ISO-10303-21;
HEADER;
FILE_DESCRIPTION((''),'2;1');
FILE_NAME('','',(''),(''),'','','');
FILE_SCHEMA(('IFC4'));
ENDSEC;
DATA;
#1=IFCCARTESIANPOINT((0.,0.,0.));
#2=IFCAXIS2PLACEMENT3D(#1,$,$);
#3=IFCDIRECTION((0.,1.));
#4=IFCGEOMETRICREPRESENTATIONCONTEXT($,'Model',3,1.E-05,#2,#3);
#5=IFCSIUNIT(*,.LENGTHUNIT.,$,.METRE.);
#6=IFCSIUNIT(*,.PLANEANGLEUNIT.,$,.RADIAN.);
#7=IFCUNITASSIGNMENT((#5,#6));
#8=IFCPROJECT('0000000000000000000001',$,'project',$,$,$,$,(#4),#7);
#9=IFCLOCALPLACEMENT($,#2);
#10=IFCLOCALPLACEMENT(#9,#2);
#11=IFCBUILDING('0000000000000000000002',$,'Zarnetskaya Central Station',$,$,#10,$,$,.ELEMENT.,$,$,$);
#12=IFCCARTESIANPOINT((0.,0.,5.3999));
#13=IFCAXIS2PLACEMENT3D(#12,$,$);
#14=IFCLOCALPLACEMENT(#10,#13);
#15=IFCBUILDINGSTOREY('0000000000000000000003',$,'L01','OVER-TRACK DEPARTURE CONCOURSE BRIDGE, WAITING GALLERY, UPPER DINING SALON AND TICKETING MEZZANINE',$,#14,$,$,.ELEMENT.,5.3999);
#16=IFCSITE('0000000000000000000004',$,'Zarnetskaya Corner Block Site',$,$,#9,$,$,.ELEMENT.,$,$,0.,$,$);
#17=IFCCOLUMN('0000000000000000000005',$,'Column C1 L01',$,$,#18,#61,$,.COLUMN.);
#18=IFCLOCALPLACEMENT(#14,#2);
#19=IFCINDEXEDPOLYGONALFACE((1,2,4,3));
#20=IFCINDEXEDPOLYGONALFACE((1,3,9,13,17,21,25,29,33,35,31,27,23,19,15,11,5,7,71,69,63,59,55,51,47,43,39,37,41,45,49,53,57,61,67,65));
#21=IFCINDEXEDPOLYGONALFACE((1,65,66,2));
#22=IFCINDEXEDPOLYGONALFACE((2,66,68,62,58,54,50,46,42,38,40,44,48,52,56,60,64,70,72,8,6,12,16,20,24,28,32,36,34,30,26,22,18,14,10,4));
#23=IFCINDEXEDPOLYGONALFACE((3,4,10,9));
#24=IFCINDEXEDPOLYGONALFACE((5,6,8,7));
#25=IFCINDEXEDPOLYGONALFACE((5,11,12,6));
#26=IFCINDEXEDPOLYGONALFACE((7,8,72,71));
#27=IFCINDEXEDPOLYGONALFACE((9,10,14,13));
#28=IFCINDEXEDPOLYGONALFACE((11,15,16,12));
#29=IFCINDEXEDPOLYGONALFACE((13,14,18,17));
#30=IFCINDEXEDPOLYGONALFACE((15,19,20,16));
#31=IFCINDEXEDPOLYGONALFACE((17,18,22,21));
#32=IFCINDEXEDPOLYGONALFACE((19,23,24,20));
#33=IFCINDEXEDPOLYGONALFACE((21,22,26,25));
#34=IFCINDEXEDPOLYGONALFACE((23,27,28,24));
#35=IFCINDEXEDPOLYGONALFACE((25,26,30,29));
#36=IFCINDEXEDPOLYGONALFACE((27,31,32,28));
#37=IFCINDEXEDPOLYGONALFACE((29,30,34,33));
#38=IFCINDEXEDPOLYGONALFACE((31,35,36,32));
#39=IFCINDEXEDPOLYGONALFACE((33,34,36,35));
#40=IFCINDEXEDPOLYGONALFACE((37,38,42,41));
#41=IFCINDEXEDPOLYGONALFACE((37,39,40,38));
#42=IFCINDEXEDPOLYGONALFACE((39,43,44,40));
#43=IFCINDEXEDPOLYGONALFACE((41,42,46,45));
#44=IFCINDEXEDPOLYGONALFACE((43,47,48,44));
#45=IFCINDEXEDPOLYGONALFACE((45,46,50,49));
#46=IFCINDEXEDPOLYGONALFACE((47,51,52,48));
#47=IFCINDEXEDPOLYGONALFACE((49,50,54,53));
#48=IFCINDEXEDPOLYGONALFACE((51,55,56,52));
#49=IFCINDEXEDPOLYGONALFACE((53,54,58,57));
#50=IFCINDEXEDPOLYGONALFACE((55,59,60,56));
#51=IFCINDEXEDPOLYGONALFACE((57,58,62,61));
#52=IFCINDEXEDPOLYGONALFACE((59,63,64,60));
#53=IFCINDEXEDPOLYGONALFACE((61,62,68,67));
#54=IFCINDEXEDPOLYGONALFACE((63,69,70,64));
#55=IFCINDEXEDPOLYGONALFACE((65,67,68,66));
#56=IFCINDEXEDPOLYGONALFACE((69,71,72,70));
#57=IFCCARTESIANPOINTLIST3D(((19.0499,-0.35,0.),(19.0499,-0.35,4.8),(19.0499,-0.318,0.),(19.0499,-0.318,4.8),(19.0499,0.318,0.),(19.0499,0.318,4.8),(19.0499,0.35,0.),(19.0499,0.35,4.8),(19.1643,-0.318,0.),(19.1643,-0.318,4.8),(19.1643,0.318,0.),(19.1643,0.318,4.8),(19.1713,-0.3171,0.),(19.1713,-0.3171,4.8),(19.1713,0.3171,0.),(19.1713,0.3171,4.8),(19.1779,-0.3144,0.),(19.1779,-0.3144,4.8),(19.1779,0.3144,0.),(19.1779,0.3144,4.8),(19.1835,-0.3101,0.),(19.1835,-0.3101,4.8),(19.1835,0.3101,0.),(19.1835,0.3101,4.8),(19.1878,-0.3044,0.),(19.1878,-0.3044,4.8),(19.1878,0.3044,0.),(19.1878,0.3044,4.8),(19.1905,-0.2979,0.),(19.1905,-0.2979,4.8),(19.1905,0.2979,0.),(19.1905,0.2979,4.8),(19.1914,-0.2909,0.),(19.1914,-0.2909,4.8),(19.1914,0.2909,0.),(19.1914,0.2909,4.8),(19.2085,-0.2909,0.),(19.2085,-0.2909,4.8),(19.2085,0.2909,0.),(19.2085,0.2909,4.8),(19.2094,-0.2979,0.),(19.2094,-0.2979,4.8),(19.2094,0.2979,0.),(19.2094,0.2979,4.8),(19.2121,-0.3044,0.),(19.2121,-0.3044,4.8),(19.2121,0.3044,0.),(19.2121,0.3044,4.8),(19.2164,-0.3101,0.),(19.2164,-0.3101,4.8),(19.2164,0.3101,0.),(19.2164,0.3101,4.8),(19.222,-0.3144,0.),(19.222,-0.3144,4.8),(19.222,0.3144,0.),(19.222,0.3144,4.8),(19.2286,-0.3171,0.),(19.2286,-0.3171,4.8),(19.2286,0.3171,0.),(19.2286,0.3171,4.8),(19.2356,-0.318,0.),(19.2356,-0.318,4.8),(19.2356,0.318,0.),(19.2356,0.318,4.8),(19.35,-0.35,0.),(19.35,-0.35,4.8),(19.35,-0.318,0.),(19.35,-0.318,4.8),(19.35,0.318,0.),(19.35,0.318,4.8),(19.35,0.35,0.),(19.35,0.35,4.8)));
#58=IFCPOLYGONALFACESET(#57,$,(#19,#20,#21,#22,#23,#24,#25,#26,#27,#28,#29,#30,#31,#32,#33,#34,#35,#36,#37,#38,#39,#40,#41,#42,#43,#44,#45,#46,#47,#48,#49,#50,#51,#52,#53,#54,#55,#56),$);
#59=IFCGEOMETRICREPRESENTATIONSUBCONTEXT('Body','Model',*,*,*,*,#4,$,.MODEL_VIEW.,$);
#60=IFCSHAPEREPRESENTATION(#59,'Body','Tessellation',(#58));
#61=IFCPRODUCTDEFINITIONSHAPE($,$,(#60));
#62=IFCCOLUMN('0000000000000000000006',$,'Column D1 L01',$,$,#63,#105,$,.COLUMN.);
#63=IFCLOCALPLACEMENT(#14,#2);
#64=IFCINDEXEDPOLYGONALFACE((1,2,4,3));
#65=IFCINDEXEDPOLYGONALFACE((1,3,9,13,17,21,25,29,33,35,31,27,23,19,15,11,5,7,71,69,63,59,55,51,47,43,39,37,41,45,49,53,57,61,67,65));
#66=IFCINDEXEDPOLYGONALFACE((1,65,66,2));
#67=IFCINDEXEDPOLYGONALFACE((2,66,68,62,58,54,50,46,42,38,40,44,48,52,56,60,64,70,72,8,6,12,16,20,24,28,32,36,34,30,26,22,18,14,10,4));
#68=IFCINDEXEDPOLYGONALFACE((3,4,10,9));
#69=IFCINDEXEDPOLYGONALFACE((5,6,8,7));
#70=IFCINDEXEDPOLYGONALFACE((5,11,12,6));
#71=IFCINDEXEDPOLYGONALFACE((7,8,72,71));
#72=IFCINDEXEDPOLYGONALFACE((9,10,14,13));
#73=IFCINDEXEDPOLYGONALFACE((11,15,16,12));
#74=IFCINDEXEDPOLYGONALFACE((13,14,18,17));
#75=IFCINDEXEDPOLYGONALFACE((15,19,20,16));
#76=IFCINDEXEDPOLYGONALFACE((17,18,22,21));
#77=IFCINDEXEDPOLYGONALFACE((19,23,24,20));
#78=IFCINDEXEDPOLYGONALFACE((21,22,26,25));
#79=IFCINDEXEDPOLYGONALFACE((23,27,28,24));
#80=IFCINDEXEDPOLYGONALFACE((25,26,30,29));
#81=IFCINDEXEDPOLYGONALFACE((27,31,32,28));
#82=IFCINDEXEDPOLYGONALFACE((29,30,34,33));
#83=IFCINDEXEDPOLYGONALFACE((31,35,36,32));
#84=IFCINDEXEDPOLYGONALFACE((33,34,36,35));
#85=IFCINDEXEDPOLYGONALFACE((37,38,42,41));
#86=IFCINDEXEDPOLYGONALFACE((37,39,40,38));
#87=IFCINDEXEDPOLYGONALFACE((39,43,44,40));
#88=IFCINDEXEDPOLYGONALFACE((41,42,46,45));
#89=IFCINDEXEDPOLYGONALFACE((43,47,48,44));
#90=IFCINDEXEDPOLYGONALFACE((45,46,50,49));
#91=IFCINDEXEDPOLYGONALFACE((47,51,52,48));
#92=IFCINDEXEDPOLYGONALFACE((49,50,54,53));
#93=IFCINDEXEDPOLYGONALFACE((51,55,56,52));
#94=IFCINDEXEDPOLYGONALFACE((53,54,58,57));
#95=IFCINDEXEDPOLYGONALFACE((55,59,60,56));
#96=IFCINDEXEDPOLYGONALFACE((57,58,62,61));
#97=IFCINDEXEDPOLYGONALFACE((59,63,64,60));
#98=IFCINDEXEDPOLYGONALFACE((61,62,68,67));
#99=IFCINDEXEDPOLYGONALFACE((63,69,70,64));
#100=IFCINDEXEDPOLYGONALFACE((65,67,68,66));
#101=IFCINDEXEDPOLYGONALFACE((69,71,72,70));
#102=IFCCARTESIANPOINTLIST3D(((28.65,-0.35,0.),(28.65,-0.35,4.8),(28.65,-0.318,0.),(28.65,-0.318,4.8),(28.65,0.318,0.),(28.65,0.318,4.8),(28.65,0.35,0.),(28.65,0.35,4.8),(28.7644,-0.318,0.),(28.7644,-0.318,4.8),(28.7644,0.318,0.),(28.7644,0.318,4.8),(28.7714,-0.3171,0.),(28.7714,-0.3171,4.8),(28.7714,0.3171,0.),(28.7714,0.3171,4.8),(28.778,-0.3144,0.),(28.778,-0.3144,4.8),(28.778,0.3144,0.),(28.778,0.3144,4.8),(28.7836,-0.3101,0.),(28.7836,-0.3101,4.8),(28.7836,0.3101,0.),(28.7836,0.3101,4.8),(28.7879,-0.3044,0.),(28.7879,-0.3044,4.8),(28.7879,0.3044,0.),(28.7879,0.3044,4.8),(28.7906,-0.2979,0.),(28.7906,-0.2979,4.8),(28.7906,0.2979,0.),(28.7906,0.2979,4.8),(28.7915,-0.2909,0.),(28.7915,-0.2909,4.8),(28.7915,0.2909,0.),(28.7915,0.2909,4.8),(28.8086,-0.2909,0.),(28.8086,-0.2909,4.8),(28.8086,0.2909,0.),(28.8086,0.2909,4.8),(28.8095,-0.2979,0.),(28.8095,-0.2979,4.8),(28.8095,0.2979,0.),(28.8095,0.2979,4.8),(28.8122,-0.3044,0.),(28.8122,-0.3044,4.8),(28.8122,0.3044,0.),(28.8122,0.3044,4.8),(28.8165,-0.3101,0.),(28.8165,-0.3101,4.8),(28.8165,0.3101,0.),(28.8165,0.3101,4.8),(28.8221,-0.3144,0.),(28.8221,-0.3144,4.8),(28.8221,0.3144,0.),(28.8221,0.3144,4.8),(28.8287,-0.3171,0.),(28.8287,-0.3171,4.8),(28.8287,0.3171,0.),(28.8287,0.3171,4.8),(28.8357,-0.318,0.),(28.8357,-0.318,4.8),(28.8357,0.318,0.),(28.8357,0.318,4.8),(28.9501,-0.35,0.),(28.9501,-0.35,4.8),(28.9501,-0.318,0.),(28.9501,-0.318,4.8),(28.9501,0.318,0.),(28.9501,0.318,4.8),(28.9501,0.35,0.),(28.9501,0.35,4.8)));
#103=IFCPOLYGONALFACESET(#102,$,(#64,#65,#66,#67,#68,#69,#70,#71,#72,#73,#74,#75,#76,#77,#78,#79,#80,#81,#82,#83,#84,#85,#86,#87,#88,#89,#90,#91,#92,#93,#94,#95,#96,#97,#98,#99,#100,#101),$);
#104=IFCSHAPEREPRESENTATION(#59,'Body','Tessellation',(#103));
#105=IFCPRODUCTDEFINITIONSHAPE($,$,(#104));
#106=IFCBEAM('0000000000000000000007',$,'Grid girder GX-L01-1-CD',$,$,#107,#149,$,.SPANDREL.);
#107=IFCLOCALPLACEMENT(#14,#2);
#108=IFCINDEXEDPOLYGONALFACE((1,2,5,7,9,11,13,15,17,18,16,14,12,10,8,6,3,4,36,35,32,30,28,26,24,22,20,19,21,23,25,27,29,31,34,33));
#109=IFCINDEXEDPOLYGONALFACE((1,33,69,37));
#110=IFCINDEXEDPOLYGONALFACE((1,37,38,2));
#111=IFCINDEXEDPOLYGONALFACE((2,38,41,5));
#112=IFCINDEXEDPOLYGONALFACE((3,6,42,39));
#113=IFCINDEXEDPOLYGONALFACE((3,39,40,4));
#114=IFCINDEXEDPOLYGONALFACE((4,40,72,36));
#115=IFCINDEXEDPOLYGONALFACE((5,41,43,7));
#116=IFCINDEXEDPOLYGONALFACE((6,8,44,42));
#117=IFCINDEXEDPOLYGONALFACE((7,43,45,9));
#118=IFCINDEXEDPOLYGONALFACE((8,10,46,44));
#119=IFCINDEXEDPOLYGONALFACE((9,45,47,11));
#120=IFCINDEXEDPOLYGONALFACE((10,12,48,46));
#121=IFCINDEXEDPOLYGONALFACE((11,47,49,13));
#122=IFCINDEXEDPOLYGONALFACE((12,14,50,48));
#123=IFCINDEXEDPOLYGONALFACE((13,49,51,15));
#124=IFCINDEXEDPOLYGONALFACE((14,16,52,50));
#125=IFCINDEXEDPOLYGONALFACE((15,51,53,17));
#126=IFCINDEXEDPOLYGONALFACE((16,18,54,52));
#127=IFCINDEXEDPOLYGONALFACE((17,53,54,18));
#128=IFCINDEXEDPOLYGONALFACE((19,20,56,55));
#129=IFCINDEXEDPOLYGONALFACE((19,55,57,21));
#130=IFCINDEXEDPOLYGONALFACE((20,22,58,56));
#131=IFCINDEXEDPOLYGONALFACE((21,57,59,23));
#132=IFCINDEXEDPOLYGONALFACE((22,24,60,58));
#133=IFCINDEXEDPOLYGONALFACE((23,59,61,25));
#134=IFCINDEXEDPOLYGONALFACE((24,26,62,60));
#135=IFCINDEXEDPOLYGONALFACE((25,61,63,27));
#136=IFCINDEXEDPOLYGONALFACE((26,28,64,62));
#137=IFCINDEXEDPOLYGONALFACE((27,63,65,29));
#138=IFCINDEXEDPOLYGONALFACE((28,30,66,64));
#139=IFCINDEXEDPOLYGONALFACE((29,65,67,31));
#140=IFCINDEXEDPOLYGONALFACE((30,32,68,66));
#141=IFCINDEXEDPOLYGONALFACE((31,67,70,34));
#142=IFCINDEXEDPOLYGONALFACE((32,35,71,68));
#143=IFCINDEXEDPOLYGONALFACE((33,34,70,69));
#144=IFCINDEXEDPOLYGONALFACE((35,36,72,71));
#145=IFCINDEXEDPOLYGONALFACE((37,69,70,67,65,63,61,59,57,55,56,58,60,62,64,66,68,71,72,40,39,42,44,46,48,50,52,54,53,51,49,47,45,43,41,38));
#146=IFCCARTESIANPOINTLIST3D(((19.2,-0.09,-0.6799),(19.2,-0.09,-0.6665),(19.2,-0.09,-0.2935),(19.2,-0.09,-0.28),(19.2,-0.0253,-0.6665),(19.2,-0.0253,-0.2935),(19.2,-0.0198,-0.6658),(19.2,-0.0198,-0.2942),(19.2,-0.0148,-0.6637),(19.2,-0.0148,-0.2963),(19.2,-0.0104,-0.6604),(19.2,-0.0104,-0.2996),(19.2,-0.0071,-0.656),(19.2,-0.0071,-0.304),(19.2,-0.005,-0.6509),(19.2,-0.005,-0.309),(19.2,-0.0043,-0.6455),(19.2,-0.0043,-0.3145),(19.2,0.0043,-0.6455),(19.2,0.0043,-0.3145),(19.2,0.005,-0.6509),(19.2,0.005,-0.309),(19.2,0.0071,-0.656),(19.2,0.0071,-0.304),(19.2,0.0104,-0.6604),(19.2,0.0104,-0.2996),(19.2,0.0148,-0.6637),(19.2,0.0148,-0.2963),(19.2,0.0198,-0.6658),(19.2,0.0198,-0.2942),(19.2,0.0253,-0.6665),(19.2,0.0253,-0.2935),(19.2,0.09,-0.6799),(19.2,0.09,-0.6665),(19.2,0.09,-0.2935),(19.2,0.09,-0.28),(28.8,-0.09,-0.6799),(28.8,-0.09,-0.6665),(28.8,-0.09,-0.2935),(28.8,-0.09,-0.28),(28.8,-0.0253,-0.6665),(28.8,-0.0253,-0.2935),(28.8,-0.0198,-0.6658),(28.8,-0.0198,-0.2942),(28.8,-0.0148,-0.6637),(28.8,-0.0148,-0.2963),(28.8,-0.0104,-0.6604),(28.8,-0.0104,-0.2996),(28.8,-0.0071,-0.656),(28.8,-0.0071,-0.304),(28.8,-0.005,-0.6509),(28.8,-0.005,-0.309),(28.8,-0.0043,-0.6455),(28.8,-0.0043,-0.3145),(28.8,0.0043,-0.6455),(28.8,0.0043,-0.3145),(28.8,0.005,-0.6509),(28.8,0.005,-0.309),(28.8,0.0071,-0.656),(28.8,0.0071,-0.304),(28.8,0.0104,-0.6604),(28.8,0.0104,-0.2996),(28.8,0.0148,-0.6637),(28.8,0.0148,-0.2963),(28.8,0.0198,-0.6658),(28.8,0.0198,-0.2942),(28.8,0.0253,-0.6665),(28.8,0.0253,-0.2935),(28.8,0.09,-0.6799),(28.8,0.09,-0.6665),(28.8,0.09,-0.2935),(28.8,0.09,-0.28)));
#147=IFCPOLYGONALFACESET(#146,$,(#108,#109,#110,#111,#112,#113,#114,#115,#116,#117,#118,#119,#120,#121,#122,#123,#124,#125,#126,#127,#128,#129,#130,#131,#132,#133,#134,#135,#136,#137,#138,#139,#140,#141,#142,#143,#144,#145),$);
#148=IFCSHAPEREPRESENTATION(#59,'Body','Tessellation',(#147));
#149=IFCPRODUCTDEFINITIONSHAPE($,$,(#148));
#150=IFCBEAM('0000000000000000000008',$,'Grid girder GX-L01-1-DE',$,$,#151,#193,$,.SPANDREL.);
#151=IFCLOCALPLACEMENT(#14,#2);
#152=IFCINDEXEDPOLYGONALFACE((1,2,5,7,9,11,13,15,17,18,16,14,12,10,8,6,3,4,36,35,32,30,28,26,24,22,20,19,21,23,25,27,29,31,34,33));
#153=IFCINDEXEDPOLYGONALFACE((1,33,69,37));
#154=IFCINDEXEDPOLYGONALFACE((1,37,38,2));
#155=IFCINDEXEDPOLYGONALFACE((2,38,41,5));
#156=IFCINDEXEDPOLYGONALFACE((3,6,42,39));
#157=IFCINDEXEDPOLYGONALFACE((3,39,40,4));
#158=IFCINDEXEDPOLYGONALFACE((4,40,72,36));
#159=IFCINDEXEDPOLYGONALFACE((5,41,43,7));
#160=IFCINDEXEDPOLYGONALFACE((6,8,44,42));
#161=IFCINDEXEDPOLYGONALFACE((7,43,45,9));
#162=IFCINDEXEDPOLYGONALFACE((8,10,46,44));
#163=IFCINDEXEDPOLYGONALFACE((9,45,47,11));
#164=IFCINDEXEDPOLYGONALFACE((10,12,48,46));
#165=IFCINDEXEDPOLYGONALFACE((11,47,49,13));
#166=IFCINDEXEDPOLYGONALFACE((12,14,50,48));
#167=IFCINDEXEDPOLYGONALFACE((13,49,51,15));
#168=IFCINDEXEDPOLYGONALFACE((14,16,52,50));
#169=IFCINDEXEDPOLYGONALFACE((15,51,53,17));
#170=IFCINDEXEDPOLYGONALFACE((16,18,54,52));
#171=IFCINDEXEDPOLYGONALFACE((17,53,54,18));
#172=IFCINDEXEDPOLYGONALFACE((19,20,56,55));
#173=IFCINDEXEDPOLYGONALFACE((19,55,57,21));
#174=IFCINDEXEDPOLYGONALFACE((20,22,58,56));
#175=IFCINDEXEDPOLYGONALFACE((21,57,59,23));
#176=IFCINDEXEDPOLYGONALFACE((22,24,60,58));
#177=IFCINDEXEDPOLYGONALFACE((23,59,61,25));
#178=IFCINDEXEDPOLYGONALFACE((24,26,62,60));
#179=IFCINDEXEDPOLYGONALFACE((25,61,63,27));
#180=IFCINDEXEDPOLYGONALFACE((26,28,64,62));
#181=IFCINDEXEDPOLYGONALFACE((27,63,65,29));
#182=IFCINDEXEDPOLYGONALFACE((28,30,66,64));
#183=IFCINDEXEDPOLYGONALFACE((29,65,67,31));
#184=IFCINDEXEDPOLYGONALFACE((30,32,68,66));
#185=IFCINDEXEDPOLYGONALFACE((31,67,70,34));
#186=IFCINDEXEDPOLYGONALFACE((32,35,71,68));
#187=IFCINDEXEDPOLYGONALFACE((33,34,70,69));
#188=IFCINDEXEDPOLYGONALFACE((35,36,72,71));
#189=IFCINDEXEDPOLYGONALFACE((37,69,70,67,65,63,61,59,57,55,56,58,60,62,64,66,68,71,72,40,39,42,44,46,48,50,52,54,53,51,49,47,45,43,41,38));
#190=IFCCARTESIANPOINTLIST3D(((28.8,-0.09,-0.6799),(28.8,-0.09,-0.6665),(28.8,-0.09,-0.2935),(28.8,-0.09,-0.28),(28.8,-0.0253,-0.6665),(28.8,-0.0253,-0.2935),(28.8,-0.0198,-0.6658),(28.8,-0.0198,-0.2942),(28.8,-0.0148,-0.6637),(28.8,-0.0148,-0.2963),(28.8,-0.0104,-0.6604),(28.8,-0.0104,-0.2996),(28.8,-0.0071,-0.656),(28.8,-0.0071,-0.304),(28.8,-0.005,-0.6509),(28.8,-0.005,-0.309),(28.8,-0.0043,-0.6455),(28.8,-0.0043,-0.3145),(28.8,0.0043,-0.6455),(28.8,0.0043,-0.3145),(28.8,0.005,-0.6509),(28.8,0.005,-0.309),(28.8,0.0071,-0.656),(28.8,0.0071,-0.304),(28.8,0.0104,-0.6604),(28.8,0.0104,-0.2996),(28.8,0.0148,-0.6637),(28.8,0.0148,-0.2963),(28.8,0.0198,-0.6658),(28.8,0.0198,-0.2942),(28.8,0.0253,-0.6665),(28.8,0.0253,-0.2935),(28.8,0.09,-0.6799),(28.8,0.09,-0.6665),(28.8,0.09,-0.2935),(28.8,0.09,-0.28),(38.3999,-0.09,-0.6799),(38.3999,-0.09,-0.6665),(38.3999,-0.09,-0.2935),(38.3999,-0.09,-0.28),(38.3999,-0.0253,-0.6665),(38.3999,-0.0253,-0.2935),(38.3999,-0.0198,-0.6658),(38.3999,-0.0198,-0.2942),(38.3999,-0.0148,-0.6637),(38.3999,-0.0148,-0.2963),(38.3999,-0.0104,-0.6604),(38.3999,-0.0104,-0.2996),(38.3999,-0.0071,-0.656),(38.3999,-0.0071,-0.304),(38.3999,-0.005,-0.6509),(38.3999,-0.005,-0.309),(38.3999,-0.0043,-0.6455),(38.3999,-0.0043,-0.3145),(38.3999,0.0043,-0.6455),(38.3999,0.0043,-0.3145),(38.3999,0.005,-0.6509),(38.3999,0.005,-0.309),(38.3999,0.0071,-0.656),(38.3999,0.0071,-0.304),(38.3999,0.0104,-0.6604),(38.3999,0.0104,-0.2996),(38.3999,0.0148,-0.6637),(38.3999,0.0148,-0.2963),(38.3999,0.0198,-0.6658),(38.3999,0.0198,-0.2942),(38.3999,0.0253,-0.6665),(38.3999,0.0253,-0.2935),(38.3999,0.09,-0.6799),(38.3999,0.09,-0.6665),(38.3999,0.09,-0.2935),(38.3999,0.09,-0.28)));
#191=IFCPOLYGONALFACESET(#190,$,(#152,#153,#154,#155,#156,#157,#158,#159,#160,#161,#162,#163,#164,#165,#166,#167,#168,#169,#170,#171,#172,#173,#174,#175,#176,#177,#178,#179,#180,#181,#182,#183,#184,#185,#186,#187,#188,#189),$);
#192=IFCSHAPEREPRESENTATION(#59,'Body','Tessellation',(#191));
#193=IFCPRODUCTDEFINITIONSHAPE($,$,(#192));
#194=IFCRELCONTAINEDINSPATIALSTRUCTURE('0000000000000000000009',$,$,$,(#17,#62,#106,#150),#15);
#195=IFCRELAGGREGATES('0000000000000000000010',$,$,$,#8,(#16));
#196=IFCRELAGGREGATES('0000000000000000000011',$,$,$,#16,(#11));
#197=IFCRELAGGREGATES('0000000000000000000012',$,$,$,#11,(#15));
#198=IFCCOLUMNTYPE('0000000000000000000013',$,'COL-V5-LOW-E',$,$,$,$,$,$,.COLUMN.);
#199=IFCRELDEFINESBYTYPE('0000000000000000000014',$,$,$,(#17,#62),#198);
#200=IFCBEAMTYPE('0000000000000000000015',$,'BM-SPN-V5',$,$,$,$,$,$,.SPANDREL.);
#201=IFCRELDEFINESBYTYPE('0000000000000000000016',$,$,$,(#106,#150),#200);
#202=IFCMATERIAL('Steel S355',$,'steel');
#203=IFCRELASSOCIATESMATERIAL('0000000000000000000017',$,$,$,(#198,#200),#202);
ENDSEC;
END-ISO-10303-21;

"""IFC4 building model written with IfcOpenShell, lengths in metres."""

from ifc_helpers import new_model, si_unit, direction, frame, origin, origin_2d, place, context, subcontext, project, spatial, i_section, extrude, material, material_profile, profile_set, type_object, element, save


model = new_model("IFC4")

# Units and contexts
model_context = context("Model", 3, precision=1e-05, world=origin(), true_north=direction((0.0, 1.0)))
body_context = subcontext(model_context, "Body", "Model", "MODEL_VIEW")
ifc_project = project(units=[si_unit("LENGTHUNIT", "METRE"), si_unit("PLANEANGLEUNIT", "RADIAN")], contexts=[model_context])

# Site, building, storey
site_placement = place(None, origin())
site = spatial("IfcSite", under=ifc_project, at=site_placement, Name="Zarnetskaya Corner Block Site", CompositionType="ELEMENT", RefElevation=0.0)
building_placement = place(site_placement, origin())
building = spatial("IfcBuilding", under=site, at=building_placement, Name="Zarnetskaya Central Station", CompositionType="ELEMENT")
storey_placement = place(building_placement, frame((0.0, 0.0, 5.3999)))
storey = spatial("IfcBuildingStorey", under=building, at=storey_placement, Name="L01", Description="OVER-TRACK DEPARTURE CONCOURSE BRIDGE, WAITING GALLERY, UPPER DINING SALON AND TICKETING MEZZANINE", CompositionType="ELEMENT", Elevation=5.3999)

# Columns
ifc_material_1 = material(Name="Steel S355", Category="steel")
ifc_material_profile_1 = material_profile(ifc_material_1, i_section(OverallWidth=0.3, OverallDepth=0.7, WebThickness=0.0171, FlangeThickness=0.032, FilletRadius=0.0271, at=origin_2d()), Name="HEB 700")
ifc_profile_set_1 = profile_set([ifc_material_profile_1], Name="Steel S355")
column_type = type_object("IfcColumnType", Name="COL-V5-LOW-E", PredefinedType="COLUMN", material=ifc_profile_set_1)
for number, where, z_axis, x_axis, name in (
    (1, (19.2, 0.0, 0.0), (0.0, 0.0, 1.0), (1.0, 0.0, 0.0), "Column C1 L01"),
    (2, (28.8, 0.0, 0.0), (0.0, 0.0, 1.0), (1.0, 0.0, 0.0), "Column D1 L01"),
):
    element("IfcColumn", number, at=place(storey_placement, frame(where, z_axis=z_axis, x_axis=x_axis)), inside=storey, type_object=column_type, Name=name, PredefinedType="COLUMN", context=body_context, shape_type="SweptSolid", body=[
        extrude(i_section(OverallWidth=0.3, OverallDepth=0.7, WebThickness=0.0171, FlangeThickness=0.032, FilletRadius=0.0271, at=origin_2d()), origin(), (0.0, 0.0, 1.0), 4.8),
    ])

# Beams
ifc_material_profile_2 = material_profile(ifc_material_1, i_section(OverallWidth=0.1799, OverallDepth=0.3999, WebThickness=0.0085, FlangeThickness=0.0134, FilletRadius=0.021, at=origin_2d()), Name="IPE 400")
ifc_profile_set_2 = profile_set([ifc_material_profile_2], Name="Steel S355")
beam_type_1 = type_object("IfcBeamType", Name="BM-SPN-V5", PredefinedType="SPANDREL", material=ifc_profile_set_2)
beam_1_placement = place(storey_placement, frame((19.2, 0.0, -0.48), z_axis=(1.0, 0.0, 0.0), x_axis=(0.0, 1.0, 0.0)))
element("IfcBeam", 3, at=beam_1_placement, inside=storey, type_object=beam_type_1, Name="Grid girder GX-L01-1-CD", PredefinedType="SPANDREL", context=body_context, shape_type="SweptSolid", body=[
    extrude(i_section(OverallWidth=0.1799, OverallDepth=0.3999, WebThickness=0.0085, FlangeThickness=0.0134, FilletRadius=0.021, at=origin_2d()), origin(), (0.0, 0.0, 1.0), 9.6001),
])
beam_2_placement = place(storey_placement, frame((28.8, 0.0, -0.48), z_axis=(1.0, 0.0, 0.0), x_axis=(0.0, 1.0, 0.0)))
element("IfcBeam", 4, at=beam_2_placement, inside=storey, type_object=beam_type_1, Name="Grid girder GX-L01-1-DE", PredefinedType="SPANDREL", context=body_context, shape_type="SweptSolid", body=[
    extrude(i_section(OverallWidth=0.1799, OverallDepth=0.3999, WebThickness=0.0085, FlangeThickness=0.0134, FilletRadius=0.021, at=origin_2d()), origin(), (0.0, 0.0, 1.0), 9.5999),
])

save(model, "model.ifc")
